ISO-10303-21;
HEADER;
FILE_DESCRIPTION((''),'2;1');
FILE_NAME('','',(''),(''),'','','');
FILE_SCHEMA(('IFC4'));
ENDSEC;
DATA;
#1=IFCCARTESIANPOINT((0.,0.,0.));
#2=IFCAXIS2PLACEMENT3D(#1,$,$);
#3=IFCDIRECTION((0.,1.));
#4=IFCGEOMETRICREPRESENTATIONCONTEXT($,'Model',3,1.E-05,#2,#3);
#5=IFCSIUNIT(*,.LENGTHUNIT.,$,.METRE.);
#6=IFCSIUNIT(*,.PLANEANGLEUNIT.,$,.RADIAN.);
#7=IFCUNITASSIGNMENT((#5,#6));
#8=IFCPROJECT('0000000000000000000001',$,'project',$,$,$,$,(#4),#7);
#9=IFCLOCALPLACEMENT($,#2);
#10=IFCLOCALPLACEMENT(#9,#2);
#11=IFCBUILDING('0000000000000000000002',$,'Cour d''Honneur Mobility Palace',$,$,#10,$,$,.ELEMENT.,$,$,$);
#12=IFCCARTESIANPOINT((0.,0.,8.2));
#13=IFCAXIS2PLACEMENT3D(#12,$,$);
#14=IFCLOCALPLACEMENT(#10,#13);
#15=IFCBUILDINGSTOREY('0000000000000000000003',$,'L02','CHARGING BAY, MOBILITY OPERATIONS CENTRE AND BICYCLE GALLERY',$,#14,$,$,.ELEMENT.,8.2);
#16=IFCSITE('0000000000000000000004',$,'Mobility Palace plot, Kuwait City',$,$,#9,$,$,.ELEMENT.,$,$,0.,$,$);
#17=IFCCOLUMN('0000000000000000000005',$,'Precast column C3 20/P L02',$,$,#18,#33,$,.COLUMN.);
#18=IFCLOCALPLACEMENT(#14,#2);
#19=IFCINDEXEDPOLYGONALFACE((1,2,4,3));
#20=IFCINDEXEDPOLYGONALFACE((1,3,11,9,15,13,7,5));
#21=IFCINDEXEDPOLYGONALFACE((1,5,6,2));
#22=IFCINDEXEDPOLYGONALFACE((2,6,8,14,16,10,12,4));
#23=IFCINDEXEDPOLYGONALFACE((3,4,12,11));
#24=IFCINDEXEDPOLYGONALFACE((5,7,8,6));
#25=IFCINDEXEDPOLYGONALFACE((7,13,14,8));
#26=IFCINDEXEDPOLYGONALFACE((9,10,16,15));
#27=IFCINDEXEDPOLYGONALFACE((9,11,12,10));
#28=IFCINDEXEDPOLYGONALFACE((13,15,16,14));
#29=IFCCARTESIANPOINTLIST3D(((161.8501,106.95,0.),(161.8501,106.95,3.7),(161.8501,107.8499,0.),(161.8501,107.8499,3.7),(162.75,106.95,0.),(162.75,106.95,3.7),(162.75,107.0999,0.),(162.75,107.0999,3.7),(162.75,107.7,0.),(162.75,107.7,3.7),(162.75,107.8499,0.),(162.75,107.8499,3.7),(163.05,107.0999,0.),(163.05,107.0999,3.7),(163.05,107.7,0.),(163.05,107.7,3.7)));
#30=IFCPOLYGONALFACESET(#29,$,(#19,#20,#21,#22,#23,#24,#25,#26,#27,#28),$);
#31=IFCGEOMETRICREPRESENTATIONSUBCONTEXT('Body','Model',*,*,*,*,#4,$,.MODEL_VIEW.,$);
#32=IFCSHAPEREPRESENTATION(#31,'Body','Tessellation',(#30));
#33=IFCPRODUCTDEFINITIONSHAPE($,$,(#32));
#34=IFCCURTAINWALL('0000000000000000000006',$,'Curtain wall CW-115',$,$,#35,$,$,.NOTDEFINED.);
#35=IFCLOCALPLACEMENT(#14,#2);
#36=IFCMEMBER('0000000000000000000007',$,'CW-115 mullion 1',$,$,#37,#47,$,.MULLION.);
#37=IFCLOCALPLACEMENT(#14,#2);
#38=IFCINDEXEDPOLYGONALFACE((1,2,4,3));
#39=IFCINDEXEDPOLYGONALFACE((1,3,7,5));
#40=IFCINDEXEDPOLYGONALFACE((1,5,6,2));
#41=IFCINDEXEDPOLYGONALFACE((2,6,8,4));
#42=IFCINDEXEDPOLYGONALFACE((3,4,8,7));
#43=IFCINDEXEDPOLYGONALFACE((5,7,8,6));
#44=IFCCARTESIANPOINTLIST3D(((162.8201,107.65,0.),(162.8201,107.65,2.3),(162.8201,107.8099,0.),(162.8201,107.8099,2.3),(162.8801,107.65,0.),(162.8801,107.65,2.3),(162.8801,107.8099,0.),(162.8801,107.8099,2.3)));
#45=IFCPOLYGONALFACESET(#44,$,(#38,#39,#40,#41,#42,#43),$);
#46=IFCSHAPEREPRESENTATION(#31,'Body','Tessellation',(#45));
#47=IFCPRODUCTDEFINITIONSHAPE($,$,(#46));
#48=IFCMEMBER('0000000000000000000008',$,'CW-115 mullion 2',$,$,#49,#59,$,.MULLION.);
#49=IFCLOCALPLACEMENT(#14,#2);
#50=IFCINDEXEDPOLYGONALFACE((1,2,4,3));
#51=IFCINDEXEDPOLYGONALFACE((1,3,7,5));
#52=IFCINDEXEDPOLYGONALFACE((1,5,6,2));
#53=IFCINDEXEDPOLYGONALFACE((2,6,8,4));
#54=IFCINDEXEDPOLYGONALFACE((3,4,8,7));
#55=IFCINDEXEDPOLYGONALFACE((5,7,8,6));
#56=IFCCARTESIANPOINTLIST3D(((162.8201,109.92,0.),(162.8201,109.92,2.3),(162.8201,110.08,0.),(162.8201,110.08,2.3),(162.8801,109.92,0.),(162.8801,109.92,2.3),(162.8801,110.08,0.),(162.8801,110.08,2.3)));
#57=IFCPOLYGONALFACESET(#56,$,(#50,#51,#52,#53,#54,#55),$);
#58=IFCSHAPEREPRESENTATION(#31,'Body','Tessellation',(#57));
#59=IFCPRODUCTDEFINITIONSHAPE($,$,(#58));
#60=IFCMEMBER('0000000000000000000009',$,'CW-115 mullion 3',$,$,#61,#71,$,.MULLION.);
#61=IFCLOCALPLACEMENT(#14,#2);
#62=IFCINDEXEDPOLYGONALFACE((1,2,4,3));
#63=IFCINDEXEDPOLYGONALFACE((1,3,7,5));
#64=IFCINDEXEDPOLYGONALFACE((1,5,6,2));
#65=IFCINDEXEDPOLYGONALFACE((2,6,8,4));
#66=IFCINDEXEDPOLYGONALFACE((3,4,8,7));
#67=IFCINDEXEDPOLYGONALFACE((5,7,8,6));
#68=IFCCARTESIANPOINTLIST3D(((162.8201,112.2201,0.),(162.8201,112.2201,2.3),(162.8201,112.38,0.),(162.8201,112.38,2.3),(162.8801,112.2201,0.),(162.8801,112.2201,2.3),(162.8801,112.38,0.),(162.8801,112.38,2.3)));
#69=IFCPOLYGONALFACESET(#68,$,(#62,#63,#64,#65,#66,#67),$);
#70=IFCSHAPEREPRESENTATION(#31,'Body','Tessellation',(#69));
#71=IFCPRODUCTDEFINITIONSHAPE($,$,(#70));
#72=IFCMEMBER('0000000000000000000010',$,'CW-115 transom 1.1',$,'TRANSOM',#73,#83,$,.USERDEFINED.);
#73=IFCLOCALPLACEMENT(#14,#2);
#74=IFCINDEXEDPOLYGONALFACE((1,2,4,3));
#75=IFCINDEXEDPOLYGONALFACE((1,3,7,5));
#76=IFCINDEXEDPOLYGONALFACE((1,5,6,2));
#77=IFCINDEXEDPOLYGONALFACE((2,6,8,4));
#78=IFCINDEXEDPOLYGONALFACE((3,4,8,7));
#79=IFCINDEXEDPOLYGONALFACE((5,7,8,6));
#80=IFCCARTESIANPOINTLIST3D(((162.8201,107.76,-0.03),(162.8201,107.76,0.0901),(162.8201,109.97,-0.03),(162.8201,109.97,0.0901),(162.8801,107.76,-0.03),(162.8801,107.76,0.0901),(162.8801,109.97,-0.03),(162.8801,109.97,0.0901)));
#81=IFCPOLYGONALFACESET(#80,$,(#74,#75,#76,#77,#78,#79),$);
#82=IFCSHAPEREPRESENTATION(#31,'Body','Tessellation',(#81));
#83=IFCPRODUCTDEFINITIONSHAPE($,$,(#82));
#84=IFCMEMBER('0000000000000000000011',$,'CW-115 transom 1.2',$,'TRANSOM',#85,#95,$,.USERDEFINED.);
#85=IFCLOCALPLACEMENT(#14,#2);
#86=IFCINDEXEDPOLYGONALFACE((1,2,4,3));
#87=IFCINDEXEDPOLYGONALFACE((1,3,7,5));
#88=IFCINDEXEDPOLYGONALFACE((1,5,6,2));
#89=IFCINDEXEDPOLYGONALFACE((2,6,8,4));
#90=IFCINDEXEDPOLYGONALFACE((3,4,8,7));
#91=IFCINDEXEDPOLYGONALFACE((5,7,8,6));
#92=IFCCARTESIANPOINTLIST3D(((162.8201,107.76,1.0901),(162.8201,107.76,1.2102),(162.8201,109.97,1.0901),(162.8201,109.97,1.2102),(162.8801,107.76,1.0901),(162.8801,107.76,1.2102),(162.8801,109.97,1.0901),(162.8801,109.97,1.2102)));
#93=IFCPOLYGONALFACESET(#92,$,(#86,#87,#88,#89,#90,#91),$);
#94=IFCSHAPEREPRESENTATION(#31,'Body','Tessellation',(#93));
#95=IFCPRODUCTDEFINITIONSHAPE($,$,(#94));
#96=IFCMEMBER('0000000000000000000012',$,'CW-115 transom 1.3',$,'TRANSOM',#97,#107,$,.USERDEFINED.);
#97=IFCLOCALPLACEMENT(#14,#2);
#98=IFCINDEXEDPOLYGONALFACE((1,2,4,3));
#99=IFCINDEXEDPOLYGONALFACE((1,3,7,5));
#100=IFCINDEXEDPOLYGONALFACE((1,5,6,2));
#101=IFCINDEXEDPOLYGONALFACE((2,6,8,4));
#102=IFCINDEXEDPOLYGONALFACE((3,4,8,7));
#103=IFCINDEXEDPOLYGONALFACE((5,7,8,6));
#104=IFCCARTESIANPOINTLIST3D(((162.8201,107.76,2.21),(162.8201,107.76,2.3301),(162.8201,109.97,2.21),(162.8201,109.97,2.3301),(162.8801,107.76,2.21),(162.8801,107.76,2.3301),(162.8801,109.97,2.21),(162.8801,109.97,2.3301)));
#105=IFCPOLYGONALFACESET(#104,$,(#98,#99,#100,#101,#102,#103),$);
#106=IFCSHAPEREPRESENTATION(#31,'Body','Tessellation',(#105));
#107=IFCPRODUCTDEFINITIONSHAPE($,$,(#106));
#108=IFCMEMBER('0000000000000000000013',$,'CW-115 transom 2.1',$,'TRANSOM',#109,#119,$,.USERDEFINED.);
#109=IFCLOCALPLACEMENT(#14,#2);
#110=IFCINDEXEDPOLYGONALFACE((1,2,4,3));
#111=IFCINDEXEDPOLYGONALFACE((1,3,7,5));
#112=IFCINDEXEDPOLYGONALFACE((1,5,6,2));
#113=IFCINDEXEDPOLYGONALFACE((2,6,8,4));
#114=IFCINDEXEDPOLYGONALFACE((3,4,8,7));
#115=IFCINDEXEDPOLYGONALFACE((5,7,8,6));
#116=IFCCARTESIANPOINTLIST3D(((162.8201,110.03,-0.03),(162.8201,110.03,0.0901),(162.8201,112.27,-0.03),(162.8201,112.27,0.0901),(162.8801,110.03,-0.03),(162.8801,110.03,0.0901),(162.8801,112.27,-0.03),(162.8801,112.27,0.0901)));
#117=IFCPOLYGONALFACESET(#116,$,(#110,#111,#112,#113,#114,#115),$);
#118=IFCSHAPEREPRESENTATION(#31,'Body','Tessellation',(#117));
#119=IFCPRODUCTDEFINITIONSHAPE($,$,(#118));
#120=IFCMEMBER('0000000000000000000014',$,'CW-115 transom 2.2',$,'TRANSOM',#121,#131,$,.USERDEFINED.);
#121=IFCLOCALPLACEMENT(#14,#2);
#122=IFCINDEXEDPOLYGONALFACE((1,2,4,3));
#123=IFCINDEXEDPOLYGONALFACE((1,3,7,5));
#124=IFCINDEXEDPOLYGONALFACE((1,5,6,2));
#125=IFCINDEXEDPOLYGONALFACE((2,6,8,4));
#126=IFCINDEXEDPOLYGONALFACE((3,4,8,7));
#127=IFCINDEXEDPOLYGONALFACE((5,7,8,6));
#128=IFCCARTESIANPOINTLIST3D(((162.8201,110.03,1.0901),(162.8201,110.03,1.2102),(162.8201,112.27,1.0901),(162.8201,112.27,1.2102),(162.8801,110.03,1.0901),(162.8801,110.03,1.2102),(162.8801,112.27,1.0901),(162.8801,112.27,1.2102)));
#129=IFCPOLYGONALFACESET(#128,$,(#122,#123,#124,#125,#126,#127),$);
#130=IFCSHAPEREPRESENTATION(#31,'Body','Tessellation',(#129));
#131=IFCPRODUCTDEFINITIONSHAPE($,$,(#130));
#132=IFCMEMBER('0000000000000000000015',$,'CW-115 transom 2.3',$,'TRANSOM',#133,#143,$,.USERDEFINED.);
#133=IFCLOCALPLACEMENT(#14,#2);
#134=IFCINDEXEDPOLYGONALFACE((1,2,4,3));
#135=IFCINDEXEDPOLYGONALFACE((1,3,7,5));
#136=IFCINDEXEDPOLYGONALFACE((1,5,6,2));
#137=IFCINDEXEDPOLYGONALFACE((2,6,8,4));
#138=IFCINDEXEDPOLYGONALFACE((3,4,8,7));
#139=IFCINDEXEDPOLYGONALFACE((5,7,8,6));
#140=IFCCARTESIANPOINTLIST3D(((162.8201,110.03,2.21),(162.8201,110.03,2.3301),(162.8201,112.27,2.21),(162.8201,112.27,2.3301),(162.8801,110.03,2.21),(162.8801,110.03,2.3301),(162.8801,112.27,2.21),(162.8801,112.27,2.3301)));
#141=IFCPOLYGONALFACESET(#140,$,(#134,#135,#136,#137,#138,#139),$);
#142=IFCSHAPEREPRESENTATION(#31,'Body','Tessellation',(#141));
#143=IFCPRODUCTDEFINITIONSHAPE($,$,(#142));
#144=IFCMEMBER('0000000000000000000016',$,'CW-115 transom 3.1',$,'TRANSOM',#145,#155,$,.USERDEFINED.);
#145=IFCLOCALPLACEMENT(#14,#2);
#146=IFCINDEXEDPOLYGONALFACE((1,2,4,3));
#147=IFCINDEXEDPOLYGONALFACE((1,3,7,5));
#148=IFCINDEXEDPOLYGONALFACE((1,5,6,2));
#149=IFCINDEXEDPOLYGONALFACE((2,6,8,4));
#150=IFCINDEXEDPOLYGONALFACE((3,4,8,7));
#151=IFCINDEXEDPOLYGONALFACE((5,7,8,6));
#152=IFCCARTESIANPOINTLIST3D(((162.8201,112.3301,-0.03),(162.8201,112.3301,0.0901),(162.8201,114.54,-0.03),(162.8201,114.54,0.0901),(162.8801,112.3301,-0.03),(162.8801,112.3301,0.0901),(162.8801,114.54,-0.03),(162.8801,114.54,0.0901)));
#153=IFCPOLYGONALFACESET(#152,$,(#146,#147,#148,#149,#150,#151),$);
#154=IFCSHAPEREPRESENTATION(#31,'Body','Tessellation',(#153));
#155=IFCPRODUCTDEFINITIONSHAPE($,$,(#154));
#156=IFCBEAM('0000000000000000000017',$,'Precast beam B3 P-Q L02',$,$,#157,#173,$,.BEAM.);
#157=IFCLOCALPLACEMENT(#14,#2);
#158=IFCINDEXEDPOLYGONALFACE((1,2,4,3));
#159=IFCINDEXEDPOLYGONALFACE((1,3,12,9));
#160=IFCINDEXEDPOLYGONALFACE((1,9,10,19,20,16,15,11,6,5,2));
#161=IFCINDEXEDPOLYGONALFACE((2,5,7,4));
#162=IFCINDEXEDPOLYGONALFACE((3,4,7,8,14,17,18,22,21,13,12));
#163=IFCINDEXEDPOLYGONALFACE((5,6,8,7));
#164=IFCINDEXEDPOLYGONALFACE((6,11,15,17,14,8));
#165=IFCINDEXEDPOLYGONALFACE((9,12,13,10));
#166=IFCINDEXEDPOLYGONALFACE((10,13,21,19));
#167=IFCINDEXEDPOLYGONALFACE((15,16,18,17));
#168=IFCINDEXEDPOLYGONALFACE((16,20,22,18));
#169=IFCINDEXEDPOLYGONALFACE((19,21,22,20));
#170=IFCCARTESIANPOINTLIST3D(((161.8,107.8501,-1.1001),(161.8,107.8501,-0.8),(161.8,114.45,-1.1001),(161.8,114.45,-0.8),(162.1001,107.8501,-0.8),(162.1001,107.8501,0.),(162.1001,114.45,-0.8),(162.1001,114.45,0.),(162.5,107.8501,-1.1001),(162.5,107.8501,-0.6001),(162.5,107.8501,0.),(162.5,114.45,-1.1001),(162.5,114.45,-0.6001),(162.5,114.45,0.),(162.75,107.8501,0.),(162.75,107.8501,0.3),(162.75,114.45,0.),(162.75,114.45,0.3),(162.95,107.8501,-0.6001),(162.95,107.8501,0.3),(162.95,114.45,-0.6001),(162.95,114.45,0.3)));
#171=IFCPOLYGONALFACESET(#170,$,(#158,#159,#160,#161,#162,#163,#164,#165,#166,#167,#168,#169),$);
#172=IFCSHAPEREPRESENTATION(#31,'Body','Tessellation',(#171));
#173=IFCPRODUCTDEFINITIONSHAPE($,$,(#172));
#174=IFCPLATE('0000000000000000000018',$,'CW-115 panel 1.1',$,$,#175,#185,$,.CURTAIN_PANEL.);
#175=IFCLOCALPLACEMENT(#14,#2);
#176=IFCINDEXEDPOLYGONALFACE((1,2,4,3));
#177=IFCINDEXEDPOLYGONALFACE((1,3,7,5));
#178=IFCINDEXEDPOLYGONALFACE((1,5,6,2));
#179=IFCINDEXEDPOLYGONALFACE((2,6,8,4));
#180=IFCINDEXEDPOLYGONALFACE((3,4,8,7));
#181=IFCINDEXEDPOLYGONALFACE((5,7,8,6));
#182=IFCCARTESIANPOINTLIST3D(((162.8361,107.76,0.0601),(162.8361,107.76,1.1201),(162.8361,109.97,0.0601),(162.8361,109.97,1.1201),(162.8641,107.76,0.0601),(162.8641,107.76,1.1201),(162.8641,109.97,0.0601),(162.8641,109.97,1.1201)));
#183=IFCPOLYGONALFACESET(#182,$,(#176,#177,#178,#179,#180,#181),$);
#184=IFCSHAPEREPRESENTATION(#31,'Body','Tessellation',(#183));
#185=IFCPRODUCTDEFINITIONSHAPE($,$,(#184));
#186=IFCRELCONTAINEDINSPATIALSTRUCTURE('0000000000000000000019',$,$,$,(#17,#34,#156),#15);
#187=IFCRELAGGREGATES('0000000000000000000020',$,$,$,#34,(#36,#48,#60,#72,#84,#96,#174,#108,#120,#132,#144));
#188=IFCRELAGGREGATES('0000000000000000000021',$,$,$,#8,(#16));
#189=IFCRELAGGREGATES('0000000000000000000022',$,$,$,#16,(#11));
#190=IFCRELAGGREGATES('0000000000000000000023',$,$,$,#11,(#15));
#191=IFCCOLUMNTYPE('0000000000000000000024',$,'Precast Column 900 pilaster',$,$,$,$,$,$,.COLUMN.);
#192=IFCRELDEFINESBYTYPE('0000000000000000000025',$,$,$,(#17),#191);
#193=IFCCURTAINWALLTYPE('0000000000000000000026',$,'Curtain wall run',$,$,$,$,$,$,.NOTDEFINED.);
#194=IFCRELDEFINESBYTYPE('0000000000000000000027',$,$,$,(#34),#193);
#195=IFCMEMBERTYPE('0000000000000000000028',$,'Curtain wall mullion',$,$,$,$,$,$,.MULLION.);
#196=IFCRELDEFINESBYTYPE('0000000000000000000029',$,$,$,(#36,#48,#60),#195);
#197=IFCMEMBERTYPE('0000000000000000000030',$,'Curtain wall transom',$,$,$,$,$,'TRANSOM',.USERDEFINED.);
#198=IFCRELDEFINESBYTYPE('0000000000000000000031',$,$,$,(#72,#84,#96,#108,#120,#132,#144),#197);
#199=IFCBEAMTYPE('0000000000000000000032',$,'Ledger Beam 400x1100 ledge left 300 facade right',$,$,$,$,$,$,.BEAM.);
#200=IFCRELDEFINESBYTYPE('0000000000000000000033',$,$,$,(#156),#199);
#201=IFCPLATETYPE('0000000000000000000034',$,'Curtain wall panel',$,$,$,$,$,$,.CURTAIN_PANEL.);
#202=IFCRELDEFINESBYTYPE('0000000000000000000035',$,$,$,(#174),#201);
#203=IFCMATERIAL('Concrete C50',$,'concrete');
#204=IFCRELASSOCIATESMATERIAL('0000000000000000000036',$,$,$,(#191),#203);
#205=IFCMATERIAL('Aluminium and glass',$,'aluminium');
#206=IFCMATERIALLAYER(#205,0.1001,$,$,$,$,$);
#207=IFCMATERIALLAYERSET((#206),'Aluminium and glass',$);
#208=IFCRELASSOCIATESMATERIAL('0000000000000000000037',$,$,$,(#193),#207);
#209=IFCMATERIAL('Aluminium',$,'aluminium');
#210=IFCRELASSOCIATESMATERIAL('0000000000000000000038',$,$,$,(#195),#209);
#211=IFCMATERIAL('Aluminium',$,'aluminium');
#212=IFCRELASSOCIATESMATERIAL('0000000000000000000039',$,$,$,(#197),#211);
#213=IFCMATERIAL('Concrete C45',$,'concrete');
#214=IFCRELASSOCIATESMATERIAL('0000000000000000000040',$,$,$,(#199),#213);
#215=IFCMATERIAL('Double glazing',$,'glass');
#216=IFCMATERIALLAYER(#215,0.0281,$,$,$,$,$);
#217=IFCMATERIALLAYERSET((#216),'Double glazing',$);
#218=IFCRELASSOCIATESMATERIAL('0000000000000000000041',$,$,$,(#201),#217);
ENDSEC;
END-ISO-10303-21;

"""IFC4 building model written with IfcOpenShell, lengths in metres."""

from ifc_helpers import new_model, si_unit, direction, frame, origin, origin_2d, place, context, subcontext, project, spatial, polyline, rectangle, outline, extrude, material, layer, layer_set, material_profile, profile_set, type_object, element, aggregate, save


model = new_model("IFC4")

# Units and contexts
model_context = context("Model", 3, precision=1e-05, world=origin(), true_north=direction((0.0, 1.0)))
body_context = subcontext(model_context, "Body", "Model", "MODEL_VIEW")
ifc_project = project(units=[si_unit("LENGTHUNIT", "METRE"), si_unit("PLANEANGLEUNIT", "RADIAN")], contexts=[model_context])

# Site, building, storey
site_placement = place(None, origin())
site = spatial("IfcSite", under=ifc_project, at=site_placement, Name="Mobility Palace plot, Kuwait City", CompositionType="ELEMENT", RefElevation=0.0)
building_placement = place(site_placement, origin())
building = spatial("IfcBuilding", under=site, at=building_placement, Name="Cour d'Honneur Mobility Palace", CompositionType="ELEMENT")
storey_placement = place(building_placement, frame((0.0, 0.0, 8.2)))
storey = spatial("IfcBuildingStorey", under=building, at=storey_placement, Name="L02", Description="CHARGING BAY, MOBILITY OPERATIONS CENTRE AND BICYCLE GALLERY", CompositionType="ELEMENT", Elevation=8.2)

# Column
ifc_material_1 = material(Name="Concrete C50", Category="concrete")
ifc_material_profile_1 = material_profile(ifc_material_1, outline(polyline([(-0.45, -0.45), (0.45, -0.45), (0.45, -0.3), (0.75, -0.3), (0.75, 0.3), (0.45, 0.3), (0.45, 0.45), (-0.45, 0.45), (-0.45, -0.45)])), Name="PC C900 pilaster")
ifc_profile_set_1 = profile_set([ifc_material_profile_1], Name="Concrete C50")
column_type = type_object("IfcColumnType", Name="Precast Column 900 pilaster", PredefinedType="COLUMN", material=ifc_profile_set_1)
column_placement = place(storey_placement, frame((162.3, 107.3999, 0.0), z_axis=(0.0, 0.0, 1.0), x_axis=(1.0, 0.0, 0.0)))
element("IfcColumn", 1, at=column_placement, inside=storey, type_object=column_type, Name="Precast column C3 20/P L02", PredefinedType="COLUMN", context=body_context, shape_type="SweptSolid", body=[
    extrude(outline(polyline([(-0.45, -0.45), (0.45, -0.45), (0.45, -0.3), (0.75, -0.3), (0.75, 0.3), (0.45, 0.3), (0.45, 0.45), (-0.45, 0.45), (-0.45, -0.45)])), origin(), (0.0, 0.0, 1.0), 3.7),
])

# Curtain wall, members
ifc_material_2 = material(Name="Aluminium and glass", Category="aluminium")
ifc_layer_1 = layer(ifc_material_2, 0.1001)
ifc_layer_set_1 = layer_set([ifc_layer_1], Name="Aluminium and glass")
curtain_wall_type = type_object("IfcCurtainWallType", Name="Curtain wall run", PredefinedType="NOTDEFINED", material=ifc_layer_set_1)
curtain_wall_placement = place(storey_placement, origin())
curtain_wall = element("IfcCurtainWall", 2, at=curtain_wall_placement, inside=storey, type_object=curtain_wall_type, Name="Curtain wall CW-115", PredefinedType="NOTDEFINED")
ifc_material_3 = material(Name="Aluminium", Category="aluminium")
ifc_material_profile_2 = material_profile(ifc_material_3, rectangle(XDim=0.0601, YDim=0.1599, at=origin_2d()), Name="Curtain wall mullion")
ifc_profile_set_2 = profile_set([ifc_material_profile_2], Name="Aluminium")
member_type_1 = type_object("IfcMemberType", Name="Curtain wall mullion", PredefinedType="MULLION", material=ifc_profile_set_2)
member_1_placement = place(storey_placement, frame((162.8501, 107.73, 0.0), z_axis=(0.0, 0.0, 1.0), x_axis=(-1.0, 0.0, 0.0)))
member_1 = element("IfcMember", 3, at=member_1_placement, type_object=member_type_1, Name="CW-115 mullion 1", PredefinedType="MULLION", context=body_context, shape_type="SweptSolid", body=[
    extrude(rectangle(XDim=0.0601, YDim=0.1599, at=origin_2d()), origin(), (0.0, 0.0, 1.0), 2.3),
])
member_2_placement = place(storey_placement, frame((162.8501, 110.0, 0.0), z_axis=(0.0, 0.0, 1.0), x_axis=(-1.0, 0.0, 0.0)))
member_2 = element("IfcMember", 4, at=member_2_placement, type_object=member_type_1, Name="CW-115 mullion 2", PredefinedType="MULLION", context=body_context, shape_type="SweptSolid", body=[
    extrude(rectangle(XDim=0.0601, YDim=0.1599, at=origin_2d()), origin(), (0.0, 0.0, 1.0), 2.3),
])
member_3_placement = place(storey_placement, frame((162.8501, 112.3, 0.0), z_axis=(0.0, 0.0, 1.0), x_axis=(-1.0, 0.0, 0.0)))
member_3 = element("IfcMember", 5, at=member_3_placement, type_object=member_type_1, Name="CW-115 mullion 3", PredefinedType="MULLION", context=body_context, shape_type="SweptSolid", body=[
    extrude(rectangle(XDim=0.0601, YDim=0.1599, at=origin_2d()), origin(), (0.0, 0.0, 1.0), 2.3),
])
ifc_material_4 = material(Name="Aluminium", Category="aluminium")
ifc_material_profile_3 = material_profile(ifc_material_4, rectangle(XDim=0.0601, YDim=0.1201, at=origin_2d()), Name="Curtain wall transom")
ifc_profile_set_3 = profile_set([ifc_material_profile_3], Name="Aluminium")
member_type_2 = type_object("IfcMemberType", Name="Curtain wall transom", ElementType="TRANSOM", PredefinedType="USERDEFINED", material=ifc_profile_set_3)
member_4_placement = place(storey_placement, frame((162.8501, 107.76, 0.03), z_axis=(0.0, 1.0, 0.0), x_axis=(-1.0, 0.0, 0.0)))
member_4 = element("IfcMember", 6, at=member_4_placement, type_object=member_type_2, Name="CW-115 transom 1.1", ObjectType="TRANSOM", PredefinedType="USERDEFINED", context=body_context, shape_type="SweptSolid", body=[
    extrude(rectangle(XDim=0.0601, YDim=0.1201, at=origin_2d()), origin(), (0.0, 0.0, 1.0), 2.21),
])
member_5_placement = place(storey_placement, frame((162.8501, 107.76, 1.1501), z_axis=(0.0, 1.0, 0.0), x_axis=(-1.0, 0.0, 0.0)))
member_5 = element("IfcMember", 7, at=member_5_placement, type_object=member_type_2, Name="CW-115 transom 1.2", ObjectType="TRANSOM", PredefinedType="USERDEFINED", context=body_context, shape_type="SweptSolid", body=[
    extrude(rectangle(XDim=0.0601, YDim=0.1201, at=origin_2d()), origin(), (0.0, 0.0, 1.0), 2.21),
])
member_6_placement = place(storey_placement, frame((162.8501, 107.76, 2.27), z_axis=(0.0, 1.0, 0.0), x_axis=(-1.0, 0.0, 0.0)))
member_6 = element("IfcMember", 8, at=member_6_placement, type_object=member_type_2, Name="CW-115 transom 1.3", ObjectType="TRANSOM", PredefinedType="USERDEFINED", context=body_context, shape_type="SweptSolid", body=[
    extrude(rectangle(XDim=0.0601, YDim=0.1201, at=origin_2d()), origin(), (0.0, 0.0, 1.0), 2.21),
])
member_7_placement = place(storey_placement, frame((162.8501, 110.03, 0.03), z_axis=(0.0, 1.0, 0.0), x_axis=(-1.0, 0.0, 0.0)))
member_7 = element("IfcMember", 9, at=member_7_placement, type_object=member_type_2, Name="CW-115 transom 2.1", ObjectType="TRANSOM", PredefinedType="USERDEFINED", context=body_context, shape_type="SweptSolid", body=[
    extrude(rectangle(XDim=0.0601, YDim=0.1201, at=origin_2d()), origin(), (0.0, 0.0, 1.0), 2.24),
])
member_8_placement = place(storey_placement, frame((162.8501, 110.03, 1.1501), z_axis=(0.0, 1.0, 0.0), x_axis=(-1.0, 0.0, 0.0)))
member_8 = element("IfcMember", 10, at=member_8_placement, type_object=member_type_2, Name="CW-115 transom 2.2", ObjectType="TRANSOM", PredefinedType="USERDEFINED", context=body_context, shape_type="SweptSolid", body=[
    extrude(rectangle(XDim=0.0601, YDim=0.1201, at=origin_2d()), origin(), (0.0, 0.0, 1.0), 2.24),
])
member_9_placement = place(storey_placement, frame((162.8501, 110.03, 2.27), z_axis=(0.0, 1.0, 0.0), x_axis=(-1.0, 0.0, 0.0)))
member_9 = element("IfcMember", 11, at=member_9_placement, type_object=member_type_2, Name="CW-115 transom 2.3", ObjectType="TRANSOM", PredefinedType="USERDEFINED", context=body_context, shape_type="SweptSolid", body=[
    extrude(rectangle(XDim=0.0601, YDim=0.1201, at=origin_2d()), origin(), (0.0, 0.0, 1.0), 2.24),
])
member_10_placement = place(storey_placement, frame((162.8501, 112.3301, 0.03), z_axis=(0.0, 1.0, 0.0), x_axis=(-1.0, 0.0, 0.0)))
member_10 = element("IfcMember", 12, at=member_10_placement, type_object=member_type_2, Name="CW-115 transom 3.1", ObjectType="TRANSOM", PredefinedType="USERDEFINED", context=body_context, shape_type="SweptSolid", body=[
    extrude(rectangle(XDim=0.0601, YDim=0.1201, at=origin_2d()), origin(), (0.0, 0.0, 1.0), 2.21),
])

# Beam
ifc_material_5 = material(Name="Concrete C45", Category="concrete")
ifc_material_profile_4 = material_profile(ifc_material_5, outline(polyline([(0.5, -1.1001), (0.5, -0.8), (0.2, -0.8), (0.2, 0.0), (-0.2, 0.0), (-0.45, 0.0), (-0.45, 0.3), (-0.6499, 0.3), (-0.6499, -0.6001), (-0.2, -0.6001), (-0.2, -1.1001), (0.5, -1.1001)])), Name="Ledger Beam 400x1100 ledge left 300 facade right")
ifc_profile_set_4 = profile_set([ifc_material_profile_4], Name="Concrete C45")
beam_type = type_object("IfcBeamType", Name="Ledger Beam 400x1100 ledge left 300 facade right", PredefinedType="BEAM", material=ifc_profile_set_4)
beam_placement = place(storey_placement, frame((162.3, 107.8501, 0.0), z_axis=(0.0, 1.0, 0.0), x_axis=(-1.0, 0.0, 0.0)))
element("IfcBeam", 13, at=beam_placement, inside=storey, type_object=beam_type, Name="Precast beam B3 P-Q L02", PredefinedType="BEAM", context=body_context, shape_type="SweptSolid", body=[
    extrude(outline(polyline([(0.5, -1.1001), (0.5, -0.8), (0.2, -0.8), (0.2, 0.0), (-0.2, 0.0), (-0.45, 0.0), (-0.45, 0.3), (-0.6499, 0.3), (-0.6499, -0.6001), (-0.2, -0.6001), (-0.2, -1.1001), (0.5, -1.1001)])), origin(), (0.0, 0.0, 1.0), 6.5999),
])

# Plate
ifc_material_6 = material(Name="Double glazing", Category="glass")
ifc_layer_2 = layer(ifc_material_6, 0.0281)
ifc_layer_set_2 = layer_set([ifc_layer_2], Name="Double glazing")
plate_type = type_object("IfcPlateType", Name="Curtain wall panel", PredefinedType="CURTAIN_PANEL", material=ifc_layer_set_2)
plate_1_placement = place(storey_placement, frame((162.8501, 108.865, 0.0601), z_axis=(0.0, 0.0, 1.0), x_axis=(0.0, 1.0, 0.0)))
plate_1 = element("IfcPlate", 14, at=plate_1_placement, type_object=plate_type, Name="CW-115 panel 1.1", PredefinedType="CURTAIN_PANEL", context=body_context, shape_type="SweptSolid", body=[
    extrude(rectangle(XDim=2.21, YDim=0.0281, at=origin_2d()), origin(), (0.0, 0.0, 1.0), 1.0601),
])
aggregate(curtain_wall, [member_1, member_2, member_3, member_4, member_5, member_6, plate_1, member_7, member_8, member_9, member_10])

save(model, "model.ifc")
